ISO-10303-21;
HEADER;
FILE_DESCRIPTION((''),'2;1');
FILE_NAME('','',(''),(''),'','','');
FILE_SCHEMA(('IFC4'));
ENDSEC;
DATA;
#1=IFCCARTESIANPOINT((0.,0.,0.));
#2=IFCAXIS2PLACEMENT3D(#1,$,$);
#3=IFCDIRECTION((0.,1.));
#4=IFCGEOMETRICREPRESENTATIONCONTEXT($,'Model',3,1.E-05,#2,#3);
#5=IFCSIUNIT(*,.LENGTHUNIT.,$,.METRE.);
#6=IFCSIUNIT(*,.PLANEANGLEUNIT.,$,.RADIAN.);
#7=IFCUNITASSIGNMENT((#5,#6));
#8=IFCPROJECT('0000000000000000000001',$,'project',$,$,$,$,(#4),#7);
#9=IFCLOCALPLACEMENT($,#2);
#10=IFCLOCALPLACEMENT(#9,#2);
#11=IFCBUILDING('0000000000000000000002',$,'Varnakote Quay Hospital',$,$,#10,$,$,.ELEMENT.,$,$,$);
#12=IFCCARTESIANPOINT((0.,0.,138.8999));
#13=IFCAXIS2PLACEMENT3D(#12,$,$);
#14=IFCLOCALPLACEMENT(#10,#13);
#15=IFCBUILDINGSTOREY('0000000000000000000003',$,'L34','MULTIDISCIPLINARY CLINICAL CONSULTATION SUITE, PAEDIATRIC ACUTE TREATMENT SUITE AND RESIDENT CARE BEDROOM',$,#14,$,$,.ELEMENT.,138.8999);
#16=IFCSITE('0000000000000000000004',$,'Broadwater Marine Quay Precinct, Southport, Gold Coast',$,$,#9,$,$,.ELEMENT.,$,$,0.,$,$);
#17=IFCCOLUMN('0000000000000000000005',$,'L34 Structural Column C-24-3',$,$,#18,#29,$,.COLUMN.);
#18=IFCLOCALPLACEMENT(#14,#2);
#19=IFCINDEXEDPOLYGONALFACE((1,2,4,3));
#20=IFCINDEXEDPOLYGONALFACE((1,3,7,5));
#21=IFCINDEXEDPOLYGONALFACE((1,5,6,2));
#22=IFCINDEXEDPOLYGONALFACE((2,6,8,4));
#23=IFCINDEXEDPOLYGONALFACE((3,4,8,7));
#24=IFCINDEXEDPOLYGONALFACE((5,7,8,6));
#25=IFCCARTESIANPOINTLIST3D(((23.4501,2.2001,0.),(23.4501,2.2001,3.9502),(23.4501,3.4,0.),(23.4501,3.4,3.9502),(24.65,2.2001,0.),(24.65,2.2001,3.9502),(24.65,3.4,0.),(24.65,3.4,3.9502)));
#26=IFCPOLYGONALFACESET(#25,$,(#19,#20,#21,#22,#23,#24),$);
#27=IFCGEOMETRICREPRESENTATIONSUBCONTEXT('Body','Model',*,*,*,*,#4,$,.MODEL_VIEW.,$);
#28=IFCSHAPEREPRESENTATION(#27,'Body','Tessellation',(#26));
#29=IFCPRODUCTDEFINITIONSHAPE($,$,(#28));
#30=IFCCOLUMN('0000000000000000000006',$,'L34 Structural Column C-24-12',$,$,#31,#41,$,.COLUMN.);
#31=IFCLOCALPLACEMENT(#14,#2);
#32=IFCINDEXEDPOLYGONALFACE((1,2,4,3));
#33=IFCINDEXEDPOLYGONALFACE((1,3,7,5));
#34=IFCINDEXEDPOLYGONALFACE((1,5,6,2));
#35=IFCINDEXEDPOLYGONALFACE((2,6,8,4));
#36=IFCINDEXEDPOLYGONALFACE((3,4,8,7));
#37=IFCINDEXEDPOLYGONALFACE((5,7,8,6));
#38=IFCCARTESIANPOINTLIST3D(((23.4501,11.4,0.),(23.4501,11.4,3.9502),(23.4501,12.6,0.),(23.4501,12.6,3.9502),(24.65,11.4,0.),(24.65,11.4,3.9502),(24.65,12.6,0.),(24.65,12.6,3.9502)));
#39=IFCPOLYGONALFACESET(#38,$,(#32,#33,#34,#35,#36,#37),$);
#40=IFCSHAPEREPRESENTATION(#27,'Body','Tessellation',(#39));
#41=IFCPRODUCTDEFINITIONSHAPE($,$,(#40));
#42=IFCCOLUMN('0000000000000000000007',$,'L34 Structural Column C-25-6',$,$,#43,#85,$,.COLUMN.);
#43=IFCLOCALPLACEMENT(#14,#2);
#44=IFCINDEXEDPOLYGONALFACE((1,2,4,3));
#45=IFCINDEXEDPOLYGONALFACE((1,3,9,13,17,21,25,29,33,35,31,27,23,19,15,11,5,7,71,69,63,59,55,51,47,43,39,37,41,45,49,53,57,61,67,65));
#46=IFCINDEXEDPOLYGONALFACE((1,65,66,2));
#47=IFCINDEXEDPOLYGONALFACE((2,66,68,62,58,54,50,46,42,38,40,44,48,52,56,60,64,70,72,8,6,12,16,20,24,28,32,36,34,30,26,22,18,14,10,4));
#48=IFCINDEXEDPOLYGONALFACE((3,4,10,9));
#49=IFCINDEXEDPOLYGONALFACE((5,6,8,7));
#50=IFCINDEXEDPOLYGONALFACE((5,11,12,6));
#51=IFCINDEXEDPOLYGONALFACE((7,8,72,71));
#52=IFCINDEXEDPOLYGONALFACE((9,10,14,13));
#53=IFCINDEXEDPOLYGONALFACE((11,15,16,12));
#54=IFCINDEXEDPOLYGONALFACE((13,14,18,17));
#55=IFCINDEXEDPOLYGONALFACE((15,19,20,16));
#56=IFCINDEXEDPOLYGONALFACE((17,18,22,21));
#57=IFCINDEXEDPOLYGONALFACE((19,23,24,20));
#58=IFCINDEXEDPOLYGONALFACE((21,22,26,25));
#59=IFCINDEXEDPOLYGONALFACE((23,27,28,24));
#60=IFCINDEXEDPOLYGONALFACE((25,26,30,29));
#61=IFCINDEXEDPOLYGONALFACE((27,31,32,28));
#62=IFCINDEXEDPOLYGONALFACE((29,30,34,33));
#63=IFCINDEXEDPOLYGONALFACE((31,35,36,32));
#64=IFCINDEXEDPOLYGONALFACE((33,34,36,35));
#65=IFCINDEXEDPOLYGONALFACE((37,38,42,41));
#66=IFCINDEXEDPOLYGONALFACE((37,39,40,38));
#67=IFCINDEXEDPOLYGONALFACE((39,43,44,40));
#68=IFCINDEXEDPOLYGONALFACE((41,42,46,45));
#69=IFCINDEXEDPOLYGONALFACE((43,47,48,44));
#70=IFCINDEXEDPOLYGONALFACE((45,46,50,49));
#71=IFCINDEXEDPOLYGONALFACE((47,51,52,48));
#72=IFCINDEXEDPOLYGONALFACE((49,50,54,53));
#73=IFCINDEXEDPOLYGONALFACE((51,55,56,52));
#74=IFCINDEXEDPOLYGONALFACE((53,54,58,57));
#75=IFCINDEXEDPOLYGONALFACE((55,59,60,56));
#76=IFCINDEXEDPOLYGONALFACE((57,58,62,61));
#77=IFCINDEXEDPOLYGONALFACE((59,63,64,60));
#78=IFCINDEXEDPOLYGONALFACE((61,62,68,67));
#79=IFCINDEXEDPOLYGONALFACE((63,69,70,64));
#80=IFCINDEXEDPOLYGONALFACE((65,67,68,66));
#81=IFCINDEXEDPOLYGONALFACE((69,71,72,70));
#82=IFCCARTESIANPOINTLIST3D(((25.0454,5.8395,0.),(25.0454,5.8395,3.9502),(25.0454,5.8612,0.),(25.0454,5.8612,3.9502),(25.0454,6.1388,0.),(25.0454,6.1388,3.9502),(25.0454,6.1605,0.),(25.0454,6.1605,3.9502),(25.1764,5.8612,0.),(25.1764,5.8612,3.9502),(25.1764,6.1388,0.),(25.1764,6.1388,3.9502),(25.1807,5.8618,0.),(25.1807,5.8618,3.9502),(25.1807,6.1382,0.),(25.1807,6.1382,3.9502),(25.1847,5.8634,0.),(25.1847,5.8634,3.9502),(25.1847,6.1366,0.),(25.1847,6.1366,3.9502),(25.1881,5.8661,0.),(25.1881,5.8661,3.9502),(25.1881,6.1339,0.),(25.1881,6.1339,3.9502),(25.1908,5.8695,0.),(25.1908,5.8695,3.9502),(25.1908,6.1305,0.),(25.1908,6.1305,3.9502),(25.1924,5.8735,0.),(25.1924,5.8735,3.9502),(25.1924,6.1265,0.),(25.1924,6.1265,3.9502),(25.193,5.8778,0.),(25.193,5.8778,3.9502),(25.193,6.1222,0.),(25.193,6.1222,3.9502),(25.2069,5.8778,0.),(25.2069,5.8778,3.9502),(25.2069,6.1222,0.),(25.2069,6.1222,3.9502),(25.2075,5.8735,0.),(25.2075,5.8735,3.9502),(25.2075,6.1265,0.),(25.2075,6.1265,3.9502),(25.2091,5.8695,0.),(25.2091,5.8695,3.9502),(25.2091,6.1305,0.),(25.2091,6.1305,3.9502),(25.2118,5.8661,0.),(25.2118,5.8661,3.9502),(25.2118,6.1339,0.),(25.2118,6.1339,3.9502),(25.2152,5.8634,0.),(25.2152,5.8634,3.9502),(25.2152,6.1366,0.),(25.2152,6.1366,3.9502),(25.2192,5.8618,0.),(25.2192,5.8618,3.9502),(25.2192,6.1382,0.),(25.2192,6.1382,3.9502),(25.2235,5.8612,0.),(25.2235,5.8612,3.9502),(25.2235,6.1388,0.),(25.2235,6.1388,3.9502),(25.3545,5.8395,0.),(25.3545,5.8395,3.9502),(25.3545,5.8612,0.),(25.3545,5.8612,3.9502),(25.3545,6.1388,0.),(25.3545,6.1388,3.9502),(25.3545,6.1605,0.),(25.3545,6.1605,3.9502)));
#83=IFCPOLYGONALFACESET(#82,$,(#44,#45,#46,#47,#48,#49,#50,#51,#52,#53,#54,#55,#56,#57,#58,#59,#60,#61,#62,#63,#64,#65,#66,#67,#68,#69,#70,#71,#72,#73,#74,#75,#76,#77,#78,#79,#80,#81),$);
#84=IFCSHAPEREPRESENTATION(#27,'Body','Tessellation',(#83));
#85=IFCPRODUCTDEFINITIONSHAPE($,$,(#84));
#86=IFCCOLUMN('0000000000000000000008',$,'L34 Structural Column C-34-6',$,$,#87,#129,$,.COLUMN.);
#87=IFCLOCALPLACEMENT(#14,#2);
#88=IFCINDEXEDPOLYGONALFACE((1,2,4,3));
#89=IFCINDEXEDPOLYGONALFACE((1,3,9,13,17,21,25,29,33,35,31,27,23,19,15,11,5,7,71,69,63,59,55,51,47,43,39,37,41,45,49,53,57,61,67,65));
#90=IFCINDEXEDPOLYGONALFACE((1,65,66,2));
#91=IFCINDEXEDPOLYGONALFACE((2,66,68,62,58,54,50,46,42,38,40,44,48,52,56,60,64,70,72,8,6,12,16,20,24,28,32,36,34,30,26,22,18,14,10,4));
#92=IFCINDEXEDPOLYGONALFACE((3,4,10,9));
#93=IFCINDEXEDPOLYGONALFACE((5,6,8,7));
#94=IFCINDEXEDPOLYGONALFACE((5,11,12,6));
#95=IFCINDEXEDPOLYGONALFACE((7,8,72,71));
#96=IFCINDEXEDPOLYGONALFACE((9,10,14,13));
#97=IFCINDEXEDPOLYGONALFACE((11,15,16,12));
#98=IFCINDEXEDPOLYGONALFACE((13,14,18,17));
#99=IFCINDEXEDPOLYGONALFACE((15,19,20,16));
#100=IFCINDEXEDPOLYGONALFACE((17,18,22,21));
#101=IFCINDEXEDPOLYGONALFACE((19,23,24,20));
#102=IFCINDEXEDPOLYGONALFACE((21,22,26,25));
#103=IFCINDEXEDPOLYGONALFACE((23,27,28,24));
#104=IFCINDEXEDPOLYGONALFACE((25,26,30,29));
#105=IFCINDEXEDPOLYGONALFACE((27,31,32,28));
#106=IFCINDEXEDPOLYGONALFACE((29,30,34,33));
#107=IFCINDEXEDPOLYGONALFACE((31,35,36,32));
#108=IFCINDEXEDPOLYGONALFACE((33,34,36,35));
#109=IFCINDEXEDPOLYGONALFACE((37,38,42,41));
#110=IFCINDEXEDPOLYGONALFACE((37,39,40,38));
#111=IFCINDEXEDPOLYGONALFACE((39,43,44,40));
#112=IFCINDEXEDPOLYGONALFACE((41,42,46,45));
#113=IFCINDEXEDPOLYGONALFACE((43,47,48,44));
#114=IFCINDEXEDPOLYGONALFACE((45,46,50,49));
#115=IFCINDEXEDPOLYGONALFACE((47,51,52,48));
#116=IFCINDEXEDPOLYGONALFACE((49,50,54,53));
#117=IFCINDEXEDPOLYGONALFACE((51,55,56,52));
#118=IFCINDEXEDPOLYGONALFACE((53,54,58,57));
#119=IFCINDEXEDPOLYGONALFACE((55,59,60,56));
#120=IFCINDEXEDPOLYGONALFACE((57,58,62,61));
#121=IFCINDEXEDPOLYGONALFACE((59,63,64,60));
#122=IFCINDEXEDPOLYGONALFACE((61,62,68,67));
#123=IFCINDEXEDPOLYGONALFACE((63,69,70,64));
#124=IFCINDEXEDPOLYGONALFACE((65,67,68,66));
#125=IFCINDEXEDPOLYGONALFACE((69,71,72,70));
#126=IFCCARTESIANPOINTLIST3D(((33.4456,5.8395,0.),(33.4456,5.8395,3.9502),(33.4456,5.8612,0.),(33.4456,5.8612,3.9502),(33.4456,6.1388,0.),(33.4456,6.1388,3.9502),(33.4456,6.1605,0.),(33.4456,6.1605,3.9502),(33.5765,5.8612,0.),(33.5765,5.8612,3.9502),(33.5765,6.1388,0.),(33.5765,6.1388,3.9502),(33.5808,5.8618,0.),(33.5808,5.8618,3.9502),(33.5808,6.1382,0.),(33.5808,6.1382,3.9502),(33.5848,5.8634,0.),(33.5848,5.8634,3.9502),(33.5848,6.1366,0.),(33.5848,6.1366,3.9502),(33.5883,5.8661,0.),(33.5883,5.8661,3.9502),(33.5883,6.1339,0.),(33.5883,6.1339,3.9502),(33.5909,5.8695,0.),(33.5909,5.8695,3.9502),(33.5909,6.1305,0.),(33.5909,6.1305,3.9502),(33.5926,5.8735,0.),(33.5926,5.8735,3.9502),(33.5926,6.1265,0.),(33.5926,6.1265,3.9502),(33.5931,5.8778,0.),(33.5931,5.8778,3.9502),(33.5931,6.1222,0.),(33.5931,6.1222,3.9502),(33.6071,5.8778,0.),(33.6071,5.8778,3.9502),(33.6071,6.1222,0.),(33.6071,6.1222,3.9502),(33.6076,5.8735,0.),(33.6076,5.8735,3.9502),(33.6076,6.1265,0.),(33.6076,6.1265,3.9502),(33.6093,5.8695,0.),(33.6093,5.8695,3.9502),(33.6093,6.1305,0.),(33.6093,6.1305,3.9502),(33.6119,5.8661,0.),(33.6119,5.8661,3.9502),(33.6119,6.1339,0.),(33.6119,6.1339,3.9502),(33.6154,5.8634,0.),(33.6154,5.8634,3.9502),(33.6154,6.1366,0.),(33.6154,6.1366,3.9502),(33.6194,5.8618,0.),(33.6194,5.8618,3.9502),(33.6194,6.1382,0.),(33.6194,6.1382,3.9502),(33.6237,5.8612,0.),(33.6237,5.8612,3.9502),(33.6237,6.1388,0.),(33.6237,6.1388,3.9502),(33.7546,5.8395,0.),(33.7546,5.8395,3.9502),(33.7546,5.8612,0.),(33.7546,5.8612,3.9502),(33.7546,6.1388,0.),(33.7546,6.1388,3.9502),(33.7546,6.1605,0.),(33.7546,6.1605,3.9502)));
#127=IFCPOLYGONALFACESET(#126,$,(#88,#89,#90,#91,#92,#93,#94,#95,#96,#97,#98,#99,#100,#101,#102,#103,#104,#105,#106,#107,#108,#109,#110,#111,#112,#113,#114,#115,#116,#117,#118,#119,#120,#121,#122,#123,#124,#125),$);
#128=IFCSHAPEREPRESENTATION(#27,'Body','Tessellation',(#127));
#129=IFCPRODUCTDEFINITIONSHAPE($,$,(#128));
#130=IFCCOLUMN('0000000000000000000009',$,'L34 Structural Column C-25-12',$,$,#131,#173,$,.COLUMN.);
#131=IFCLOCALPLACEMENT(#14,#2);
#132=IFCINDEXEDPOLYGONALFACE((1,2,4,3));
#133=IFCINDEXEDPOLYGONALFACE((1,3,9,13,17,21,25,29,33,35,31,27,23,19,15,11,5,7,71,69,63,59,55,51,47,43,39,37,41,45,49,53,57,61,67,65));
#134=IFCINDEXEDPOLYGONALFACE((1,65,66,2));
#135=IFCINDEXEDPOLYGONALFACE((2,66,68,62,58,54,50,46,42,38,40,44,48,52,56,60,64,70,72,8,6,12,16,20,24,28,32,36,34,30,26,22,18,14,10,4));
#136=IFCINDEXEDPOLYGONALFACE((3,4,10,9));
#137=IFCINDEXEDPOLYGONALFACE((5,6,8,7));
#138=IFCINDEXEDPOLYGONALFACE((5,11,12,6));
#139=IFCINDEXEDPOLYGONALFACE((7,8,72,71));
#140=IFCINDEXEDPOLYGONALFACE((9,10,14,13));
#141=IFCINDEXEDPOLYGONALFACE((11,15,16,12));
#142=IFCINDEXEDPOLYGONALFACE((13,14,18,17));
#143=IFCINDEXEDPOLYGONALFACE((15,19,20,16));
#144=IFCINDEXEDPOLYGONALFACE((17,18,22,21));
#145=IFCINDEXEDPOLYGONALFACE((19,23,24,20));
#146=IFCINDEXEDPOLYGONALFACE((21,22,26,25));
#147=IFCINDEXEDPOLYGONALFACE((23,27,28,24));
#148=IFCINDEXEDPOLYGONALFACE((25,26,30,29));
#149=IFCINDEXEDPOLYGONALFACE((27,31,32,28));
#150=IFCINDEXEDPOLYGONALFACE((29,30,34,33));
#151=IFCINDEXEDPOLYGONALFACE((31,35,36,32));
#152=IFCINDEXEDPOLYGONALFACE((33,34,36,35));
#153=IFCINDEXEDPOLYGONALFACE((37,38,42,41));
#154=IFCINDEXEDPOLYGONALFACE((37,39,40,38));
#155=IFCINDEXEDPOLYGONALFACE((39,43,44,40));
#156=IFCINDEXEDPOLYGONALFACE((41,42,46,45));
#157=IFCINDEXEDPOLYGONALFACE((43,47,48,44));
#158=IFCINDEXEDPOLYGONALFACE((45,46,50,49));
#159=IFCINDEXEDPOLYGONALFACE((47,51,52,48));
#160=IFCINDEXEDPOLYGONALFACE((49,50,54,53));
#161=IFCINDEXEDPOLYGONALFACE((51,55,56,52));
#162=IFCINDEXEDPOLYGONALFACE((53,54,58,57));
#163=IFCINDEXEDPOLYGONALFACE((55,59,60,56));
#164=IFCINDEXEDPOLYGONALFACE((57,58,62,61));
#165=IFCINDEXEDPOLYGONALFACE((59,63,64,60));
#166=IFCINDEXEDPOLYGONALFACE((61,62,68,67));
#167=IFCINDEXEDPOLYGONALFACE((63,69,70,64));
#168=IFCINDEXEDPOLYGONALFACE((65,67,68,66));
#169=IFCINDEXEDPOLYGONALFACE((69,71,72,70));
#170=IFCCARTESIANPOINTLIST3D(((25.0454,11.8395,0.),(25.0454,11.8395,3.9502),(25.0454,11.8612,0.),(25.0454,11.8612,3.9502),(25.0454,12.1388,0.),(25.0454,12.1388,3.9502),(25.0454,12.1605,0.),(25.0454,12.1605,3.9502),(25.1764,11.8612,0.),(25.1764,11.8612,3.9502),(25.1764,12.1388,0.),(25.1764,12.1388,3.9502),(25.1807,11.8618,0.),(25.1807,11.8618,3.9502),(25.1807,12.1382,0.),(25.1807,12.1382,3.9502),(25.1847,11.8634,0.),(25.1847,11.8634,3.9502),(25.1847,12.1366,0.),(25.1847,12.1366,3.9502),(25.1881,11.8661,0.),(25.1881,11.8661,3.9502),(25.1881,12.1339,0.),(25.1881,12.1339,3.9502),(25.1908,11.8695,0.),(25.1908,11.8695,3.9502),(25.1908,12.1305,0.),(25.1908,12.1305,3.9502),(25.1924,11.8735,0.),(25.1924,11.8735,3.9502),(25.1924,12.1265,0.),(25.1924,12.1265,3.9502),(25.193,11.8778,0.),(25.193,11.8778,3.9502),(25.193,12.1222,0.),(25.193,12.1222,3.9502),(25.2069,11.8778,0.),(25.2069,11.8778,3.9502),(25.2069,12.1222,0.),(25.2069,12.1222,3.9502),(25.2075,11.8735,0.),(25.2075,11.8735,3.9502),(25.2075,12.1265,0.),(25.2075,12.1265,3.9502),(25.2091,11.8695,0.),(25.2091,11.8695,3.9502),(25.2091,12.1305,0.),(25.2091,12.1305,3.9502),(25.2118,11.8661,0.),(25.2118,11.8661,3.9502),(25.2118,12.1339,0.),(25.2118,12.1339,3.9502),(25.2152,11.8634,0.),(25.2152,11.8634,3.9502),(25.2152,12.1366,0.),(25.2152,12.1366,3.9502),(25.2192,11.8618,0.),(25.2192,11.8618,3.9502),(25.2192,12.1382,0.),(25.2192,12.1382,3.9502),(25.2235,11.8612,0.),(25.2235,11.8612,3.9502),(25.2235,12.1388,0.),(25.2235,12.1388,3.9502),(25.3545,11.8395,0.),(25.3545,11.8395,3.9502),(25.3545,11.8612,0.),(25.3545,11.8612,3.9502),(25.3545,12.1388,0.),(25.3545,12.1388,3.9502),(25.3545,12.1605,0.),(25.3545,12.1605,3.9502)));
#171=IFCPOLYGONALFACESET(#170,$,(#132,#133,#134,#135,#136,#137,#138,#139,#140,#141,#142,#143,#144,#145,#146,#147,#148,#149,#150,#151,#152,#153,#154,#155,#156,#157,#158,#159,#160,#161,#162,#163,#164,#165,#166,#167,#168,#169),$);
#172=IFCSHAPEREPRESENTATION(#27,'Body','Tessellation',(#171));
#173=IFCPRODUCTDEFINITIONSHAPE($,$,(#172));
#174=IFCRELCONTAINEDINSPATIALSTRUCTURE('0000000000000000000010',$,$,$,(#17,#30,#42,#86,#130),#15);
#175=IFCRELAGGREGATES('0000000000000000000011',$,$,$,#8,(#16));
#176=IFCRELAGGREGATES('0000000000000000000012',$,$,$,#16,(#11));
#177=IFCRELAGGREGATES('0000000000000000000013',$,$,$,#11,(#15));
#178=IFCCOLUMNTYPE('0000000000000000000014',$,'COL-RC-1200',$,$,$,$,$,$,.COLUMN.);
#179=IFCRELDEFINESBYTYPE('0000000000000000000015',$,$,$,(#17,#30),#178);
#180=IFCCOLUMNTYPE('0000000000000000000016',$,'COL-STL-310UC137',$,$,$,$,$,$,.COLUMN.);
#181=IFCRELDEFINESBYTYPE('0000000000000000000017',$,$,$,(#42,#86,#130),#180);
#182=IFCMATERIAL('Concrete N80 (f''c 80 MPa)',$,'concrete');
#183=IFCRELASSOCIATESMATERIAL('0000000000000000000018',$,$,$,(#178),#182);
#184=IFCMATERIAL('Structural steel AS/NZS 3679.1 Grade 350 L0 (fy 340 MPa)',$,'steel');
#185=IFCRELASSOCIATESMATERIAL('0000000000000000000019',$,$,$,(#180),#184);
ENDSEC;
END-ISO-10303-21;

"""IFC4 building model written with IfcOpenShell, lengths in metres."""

from ifc_helpers import new_model, si_unit, direction, frame, origin, origin_2d, place, context, subcontext, project, spatial, rectangle, i_section, extrude, material, material_profile, profile_set, type_object, element, save


model = new_model("IFC4")

# Units and contexts
model_context = context("Model", 3, precision=1e-05, world=origin(), true_north=direction((0.0, 1.0)))
body_context = subcontext(model_context, "Body", "Model", "MODEL_VIEW")
ifc_project = project(units=[si_unit("LENGTHUNIT", "METRE"), si_unit("PLANEANGLEUNIT", "RADIAN")], contexts=[model_context])

# Site, building, storey
site_placement = place(None, origin())
site = spatial("IfcSite", under=ifc_project, at=site_placement, Name="Broadwater Marine Quay Precinct, Southport, Gold Coast", CompositionType="ELEMENT", RefElevation=0.0)
building_placement = place(site_placement, origin())
building = spatial("IfcBuilding", under=site, at=building_placement, Name="Varnakote Quay Hospital", CompositionType="ELEMENT")
storey_placement = place(building_placement, frame((0.0, 0.0, 138.8999)))
storey = spatial("IfcBuildingStorey", under=building, at=storey_placement, Name="L34", Description="MULTIDISCIPLINARY CLINICAL CONSULTATION SUITE, PAEDIATRIC ACUTE TREATMENT SUITE AND RESIDENT CARE BEDROOM", CompositionType="ELEMENT", Elevation=138.8999)

# Columns
ifc_material_1 = material(Name="Concrete N80 (f'c 80 MPa)", Category="concrete")
ifc_material_profile_1 = material_profile(ifc_material_1, rectangle(XDim=1.2, YDim=1.2, at=origin_2d()), Name="RC-COL-1200x1200")
ifc_profile_set_1 = profile_set([ifc_material_profile_1], Name="Concrete N80 (f'c 80 MPa)")
column_type_1 = type_object("IfcColumnType", Name="COL-RC-1200", PredefinedType="COLUMN", material=ifc_profile_set_1)
for number, where, z_axis, x_axis, name in (
    (1, (24.05, 2.8, 0.0), (0.0, 0.0, 1.0), (1.0, 0.0, 0.0), "L34 Structural Column C-24-3"),
    (2, (24.05, 12.0, 0.0), (0.0, 0.0, 1.0), (1.0, 0.0, 0.0), "L34 Structural Column C-24-12"),
):
    element("IfcColumn", number, at=place(storey_placement, frame(where, z_axis=z_axis, x_axis=x_axis)), inside=storey, type_object=column_type_1, Name=name, PredefinedType="COLUMN", context=body_context, shape_type="SweptSolid", body=[
        extrude(rectangle(XDim=1.2, YDim=1.2, at=origin_2d()), origin(), (0.0, 0.0, 1.0), 3.9502),
    ])
ifc_material_2 = material(Name="Structural steel AS/NZS 3679.1 Grade 350 L0 (fy 340 MPa)", Category="steel")
ifc_material_profile_2 = material_profile(ifc_material_2, i_section(OverallWidth=0.3091, OverallDepth=0.321, WebThickness=0.0139, FlangeThickness=0.0217, FilletRadius=0.0166, at=origin_2d()), Name="310UC137")
ifc_profile_set_2 = profile_set([ifc_material_profile_2], Name="Structural steel AS/NZS 3679.1 Grade 350 L0 (fy 340 MPa)")
column_type_2 = type_object("IfcColumnType", Name="COL-STL-310UC137", PredefinedType="COLUMN", material=ifc_profile_set_2)
for number, where, z_axis, x_axis, name in (
    (3, (25.2, 6.0, 0.0), (0.0, 0.0, 1.0), (1.0, 0.0, 0.0), "L34 Structural Column C-25-6"),
    (4, (33.6001, 6.0, 0.0), (0.0, 0.0, 1.0), (1.0, 0.0, 0.0), "L34 Structural Column C-34-6"),
    (5, (25.2, 12.0, 0.0), (0.0, 0.0, 1.0), (1.0, 0.0, 0.0), "L34 Structural Column C-25-12"),
):
    element("IfcColumn", number, at=place(storey_placement, frame(where, z_axis=z_axis, x_axis=x_axis)), inside=storey, type_object=column_type_2, Name=name, PredefinedType="COLUMN", context=body_context, shape_type="SweptSolid", body=[
        extrude(i_section(OverallWidth=0.3091, OverallDepth=0.321, WebThickness=0.0139, FlangeThickness=0.0217, FilletRadius=0.0166, at=origin_2d()), origin(), (0.0, 0.0, 1.0), 3.9502),
    ])

save(model, "model.ifc")
